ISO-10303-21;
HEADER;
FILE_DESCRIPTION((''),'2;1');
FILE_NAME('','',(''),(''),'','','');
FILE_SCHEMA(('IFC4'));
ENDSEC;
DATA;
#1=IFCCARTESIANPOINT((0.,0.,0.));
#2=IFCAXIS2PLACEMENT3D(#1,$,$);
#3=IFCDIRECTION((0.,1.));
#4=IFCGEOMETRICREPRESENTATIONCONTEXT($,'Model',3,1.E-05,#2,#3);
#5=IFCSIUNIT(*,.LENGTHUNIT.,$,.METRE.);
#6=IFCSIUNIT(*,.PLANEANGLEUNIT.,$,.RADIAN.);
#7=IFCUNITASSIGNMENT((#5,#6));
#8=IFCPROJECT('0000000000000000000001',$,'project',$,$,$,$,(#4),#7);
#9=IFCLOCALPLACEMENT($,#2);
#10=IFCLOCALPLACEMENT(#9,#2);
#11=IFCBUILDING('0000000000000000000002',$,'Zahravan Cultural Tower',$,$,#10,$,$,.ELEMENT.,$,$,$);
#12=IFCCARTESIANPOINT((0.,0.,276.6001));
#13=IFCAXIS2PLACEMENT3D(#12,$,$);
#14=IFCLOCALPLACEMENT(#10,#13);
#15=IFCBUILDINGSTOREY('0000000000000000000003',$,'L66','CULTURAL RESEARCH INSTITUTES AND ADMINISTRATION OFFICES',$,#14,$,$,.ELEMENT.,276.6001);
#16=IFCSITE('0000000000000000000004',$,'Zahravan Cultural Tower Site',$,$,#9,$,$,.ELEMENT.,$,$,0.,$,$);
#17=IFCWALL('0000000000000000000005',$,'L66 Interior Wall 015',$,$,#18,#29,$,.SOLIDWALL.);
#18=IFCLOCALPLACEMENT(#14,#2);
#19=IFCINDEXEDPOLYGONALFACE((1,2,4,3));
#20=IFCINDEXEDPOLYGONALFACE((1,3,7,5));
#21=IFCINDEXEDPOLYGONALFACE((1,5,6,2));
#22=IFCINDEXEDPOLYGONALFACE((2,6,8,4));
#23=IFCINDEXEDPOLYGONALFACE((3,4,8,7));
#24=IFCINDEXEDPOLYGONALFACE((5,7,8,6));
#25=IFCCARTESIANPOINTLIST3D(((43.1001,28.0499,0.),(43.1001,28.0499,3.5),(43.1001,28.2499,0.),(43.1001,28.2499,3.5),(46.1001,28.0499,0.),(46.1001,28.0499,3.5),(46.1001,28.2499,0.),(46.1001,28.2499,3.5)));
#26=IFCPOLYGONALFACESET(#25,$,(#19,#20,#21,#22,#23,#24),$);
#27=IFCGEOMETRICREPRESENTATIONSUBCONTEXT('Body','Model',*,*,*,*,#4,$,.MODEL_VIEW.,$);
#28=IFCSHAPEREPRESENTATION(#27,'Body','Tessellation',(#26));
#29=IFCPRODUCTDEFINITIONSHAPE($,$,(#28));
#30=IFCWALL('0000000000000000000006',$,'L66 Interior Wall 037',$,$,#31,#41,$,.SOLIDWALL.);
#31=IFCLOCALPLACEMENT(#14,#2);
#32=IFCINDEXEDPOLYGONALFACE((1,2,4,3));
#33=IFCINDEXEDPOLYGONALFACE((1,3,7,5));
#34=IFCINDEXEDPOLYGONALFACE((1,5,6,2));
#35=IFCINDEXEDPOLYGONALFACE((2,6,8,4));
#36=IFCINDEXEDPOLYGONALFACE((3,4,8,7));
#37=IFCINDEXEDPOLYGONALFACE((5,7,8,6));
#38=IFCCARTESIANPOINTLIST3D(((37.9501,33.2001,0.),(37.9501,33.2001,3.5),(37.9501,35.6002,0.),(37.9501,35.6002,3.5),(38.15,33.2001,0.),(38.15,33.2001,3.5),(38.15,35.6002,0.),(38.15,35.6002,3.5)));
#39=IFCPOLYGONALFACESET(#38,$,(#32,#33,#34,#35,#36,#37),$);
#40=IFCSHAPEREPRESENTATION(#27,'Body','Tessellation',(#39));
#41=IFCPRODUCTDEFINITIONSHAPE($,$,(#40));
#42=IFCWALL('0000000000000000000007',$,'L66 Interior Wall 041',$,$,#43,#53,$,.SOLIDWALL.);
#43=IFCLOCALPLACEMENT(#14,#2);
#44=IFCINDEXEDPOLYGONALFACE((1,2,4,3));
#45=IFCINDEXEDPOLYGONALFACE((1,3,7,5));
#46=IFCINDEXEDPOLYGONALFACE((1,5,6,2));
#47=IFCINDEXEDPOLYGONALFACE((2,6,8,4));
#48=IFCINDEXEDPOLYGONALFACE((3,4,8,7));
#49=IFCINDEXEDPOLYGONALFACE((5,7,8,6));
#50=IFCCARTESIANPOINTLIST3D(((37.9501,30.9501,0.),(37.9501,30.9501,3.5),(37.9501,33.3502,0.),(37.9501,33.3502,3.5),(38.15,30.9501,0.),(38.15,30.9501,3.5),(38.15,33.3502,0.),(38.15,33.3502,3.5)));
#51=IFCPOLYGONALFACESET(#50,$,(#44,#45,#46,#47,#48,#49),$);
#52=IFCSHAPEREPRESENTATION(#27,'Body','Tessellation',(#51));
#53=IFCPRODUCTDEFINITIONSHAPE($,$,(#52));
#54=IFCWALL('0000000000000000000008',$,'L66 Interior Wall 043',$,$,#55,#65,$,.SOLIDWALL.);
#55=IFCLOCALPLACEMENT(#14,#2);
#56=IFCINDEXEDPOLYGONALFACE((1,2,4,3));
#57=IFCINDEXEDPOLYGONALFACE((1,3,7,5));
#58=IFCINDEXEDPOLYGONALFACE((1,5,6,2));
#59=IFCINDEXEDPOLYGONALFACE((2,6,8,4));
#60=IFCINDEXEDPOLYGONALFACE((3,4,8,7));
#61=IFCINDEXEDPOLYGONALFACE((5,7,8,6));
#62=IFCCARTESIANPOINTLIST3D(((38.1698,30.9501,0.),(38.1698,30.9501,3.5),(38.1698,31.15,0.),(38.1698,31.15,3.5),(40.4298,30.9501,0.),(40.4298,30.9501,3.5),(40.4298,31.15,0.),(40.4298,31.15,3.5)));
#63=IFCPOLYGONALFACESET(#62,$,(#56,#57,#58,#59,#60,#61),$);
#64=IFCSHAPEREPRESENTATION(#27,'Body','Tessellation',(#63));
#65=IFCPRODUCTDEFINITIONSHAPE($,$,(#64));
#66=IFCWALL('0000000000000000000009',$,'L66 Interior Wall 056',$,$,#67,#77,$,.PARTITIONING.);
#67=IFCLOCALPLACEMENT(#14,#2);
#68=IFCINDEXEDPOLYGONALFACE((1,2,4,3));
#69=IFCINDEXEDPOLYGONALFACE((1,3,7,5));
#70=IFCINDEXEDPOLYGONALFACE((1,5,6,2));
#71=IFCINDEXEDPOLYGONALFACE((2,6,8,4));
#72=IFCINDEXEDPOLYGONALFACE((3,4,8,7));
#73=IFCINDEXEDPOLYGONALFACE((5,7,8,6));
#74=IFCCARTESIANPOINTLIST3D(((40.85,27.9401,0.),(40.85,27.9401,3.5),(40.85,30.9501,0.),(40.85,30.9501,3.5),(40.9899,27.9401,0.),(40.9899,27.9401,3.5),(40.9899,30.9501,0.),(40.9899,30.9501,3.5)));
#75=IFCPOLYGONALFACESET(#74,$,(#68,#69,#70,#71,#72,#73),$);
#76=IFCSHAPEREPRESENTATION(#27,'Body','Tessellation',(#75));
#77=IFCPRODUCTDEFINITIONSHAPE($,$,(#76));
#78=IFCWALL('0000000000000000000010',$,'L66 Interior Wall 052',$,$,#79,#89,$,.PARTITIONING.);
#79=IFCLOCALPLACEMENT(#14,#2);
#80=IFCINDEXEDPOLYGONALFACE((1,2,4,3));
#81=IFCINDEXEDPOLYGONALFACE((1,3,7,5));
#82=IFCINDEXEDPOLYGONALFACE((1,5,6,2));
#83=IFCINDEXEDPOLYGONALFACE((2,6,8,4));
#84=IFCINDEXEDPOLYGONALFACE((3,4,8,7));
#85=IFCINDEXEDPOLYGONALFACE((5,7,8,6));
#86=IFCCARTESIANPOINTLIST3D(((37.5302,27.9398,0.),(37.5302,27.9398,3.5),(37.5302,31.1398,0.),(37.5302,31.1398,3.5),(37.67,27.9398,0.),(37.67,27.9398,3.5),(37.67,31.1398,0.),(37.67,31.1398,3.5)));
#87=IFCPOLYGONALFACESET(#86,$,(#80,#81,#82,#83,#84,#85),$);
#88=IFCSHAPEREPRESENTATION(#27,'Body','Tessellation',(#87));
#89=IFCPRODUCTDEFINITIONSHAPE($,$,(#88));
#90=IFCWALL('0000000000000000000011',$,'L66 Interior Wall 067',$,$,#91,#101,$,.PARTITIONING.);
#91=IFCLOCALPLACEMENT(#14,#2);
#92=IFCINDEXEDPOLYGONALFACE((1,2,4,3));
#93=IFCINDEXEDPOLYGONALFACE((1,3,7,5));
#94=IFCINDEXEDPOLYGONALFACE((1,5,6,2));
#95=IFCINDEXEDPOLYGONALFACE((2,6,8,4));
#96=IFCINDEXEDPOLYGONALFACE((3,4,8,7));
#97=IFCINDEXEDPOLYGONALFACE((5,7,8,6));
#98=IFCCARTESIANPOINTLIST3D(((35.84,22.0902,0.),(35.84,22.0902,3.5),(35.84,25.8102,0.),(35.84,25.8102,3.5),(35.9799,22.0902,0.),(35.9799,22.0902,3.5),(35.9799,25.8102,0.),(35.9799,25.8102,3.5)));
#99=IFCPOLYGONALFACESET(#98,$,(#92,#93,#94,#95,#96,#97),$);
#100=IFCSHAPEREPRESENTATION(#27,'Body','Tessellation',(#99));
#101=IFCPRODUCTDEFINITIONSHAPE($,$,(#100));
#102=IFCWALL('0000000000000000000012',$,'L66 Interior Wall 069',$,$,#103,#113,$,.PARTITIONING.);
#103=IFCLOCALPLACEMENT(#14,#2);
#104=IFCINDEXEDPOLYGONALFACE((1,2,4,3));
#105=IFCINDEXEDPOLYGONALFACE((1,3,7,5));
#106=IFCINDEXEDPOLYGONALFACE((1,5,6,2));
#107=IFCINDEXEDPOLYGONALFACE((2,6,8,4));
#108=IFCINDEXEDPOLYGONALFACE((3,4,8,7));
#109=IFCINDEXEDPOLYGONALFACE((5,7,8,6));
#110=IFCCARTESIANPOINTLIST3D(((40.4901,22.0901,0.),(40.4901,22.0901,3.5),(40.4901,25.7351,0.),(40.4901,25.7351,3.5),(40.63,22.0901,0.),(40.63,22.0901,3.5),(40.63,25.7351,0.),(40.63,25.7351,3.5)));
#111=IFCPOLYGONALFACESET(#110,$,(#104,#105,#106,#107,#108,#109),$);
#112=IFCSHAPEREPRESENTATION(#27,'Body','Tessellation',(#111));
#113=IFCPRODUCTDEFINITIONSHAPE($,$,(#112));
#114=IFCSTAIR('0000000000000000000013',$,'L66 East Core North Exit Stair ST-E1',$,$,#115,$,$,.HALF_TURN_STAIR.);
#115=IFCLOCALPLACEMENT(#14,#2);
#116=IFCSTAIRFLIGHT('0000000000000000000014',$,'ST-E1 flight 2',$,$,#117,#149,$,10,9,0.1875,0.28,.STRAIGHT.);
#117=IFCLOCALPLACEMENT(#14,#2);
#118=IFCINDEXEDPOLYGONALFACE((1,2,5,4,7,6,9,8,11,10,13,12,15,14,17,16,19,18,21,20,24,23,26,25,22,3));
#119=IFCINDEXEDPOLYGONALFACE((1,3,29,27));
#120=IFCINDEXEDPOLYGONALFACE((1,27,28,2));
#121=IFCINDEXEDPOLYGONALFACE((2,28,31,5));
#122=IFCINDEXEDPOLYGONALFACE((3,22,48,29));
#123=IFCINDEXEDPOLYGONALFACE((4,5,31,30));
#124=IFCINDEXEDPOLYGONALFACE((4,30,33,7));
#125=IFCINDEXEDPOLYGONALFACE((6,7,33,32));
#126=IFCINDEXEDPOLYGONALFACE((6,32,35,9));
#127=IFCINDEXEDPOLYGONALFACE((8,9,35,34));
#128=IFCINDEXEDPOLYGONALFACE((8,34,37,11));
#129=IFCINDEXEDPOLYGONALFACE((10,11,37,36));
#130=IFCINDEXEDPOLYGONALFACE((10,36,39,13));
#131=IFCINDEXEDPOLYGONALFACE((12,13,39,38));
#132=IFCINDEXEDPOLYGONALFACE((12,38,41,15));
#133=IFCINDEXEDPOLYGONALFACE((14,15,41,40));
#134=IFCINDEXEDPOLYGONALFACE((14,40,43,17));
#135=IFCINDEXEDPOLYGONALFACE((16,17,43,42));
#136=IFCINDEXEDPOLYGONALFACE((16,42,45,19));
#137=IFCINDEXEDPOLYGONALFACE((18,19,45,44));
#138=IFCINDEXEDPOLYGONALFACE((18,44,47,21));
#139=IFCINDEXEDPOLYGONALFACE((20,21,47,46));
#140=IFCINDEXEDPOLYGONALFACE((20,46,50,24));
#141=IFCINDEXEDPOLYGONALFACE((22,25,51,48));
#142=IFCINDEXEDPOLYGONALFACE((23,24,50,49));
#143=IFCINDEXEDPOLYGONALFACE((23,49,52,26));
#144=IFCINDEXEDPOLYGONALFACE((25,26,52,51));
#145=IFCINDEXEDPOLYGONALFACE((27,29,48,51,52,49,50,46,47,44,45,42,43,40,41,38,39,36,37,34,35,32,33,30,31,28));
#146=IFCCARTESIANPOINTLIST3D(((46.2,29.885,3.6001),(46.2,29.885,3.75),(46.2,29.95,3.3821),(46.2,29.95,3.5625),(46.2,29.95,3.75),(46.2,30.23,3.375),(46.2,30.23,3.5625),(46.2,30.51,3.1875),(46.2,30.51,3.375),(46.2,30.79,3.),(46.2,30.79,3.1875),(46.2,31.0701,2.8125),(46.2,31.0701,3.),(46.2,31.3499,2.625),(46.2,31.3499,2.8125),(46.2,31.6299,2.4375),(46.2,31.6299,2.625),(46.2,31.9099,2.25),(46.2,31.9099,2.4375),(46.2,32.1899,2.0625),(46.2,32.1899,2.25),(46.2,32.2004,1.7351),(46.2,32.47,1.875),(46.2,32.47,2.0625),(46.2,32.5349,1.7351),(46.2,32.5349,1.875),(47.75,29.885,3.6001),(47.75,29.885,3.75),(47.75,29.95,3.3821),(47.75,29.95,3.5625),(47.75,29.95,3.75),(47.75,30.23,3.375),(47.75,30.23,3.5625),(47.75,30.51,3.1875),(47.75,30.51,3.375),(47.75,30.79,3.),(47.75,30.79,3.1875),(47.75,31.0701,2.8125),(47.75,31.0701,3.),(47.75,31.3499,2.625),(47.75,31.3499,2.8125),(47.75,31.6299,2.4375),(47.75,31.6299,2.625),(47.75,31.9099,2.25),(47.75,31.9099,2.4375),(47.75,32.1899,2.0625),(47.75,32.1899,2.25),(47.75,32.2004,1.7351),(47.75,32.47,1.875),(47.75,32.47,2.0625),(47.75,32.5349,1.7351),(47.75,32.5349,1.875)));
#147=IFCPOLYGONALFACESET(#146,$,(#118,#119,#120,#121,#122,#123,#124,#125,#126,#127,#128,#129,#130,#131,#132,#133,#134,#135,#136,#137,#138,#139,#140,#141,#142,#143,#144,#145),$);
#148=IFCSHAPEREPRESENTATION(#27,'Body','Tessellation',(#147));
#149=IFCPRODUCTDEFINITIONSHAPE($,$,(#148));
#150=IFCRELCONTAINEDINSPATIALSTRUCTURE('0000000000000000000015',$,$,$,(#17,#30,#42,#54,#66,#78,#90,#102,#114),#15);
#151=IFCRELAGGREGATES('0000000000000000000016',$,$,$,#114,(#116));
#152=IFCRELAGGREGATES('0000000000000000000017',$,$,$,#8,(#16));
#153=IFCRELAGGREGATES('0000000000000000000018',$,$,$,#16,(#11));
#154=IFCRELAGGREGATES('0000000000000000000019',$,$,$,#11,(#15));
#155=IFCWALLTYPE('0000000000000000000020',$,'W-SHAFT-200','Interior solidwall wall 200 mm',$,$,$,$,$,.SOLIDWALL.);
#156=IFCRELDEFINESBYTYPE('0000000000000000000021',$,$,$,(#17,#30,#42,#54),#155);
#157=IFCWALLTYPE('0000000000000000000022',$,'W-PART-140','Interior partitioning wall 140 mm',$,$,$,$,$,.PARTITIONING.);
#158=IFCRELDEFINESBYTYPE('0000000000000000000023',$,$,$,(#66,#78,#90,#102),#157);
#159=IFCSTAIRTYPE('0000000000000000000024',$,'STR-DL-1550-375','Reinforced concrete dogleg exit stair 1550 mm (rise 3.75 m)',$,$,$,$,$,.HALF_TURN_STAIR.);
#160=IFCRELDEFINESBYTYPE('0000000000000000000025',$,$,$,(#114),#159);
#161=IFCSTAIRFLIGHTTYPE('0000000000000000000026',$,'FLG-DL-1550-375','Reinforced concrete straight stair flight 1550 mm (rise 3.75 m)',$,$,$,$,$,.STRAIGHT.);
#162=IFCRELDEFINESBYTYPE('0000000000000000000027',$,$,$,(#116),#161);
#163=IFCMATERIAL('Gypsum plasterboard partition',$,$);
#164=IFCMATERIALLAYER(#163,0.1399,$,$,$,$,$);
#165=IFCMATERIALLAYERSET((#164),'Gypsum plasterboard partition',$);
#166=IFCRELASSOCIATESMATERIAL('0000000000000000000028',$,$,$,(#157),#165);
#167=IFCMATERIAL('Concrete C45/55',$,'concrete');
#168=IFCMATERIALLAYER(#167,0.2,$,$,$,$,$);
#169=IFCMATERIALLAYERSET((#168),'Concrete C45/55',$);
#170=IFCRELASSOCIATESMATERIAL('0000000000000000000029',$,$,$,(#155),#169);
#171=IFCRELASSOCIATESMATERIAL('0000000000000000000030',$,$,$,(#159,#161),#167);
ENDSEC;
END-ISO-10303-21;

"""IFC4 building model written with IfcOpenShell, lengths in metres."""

from ifc_helpers import new_model, si_unit, direction, frame, frame_2d, origin, place, context, subcontext, project, spatial, polyline, rectangle, outline, extrude, source, transform, mapped, material, layer, layer_set, type_object, element, aggregate, save


model = new_model("IFC4")

# Units and contexts
model_context = context("Model", 3, precision=1e-05, world=origin(), true_north=direction((0.0, 1.0)))
body_context = subcontext(model_context, "Body", "Model", "MODEL_VIEW")
ifc_project = project(units=[si_unit("LENGTHUNIT", "METRE"), si_unit("PLANEANGLEUNIT", "RADIAN")], contexts=[model_context])

# Site, building, storey
site_placement = place(None, origin())
site = spatial("IfcSite", under=ifc_project, at=site_placement, Name="Zahravan Cultural Tower Site", CompositionType="ELEMENT", RefElevation=0.0)
building_placement = place(site_placement, origin())
building = spatial("IfcBuilding", under=site, at=building_placement, Name="Zahravan Cultural Tower", CompositionType="ELEMENT")
storey_placement = place(building_placement, frame((0.0, 0.0, 276.6001)))
storey = spatial("IfcBuildingStorey", under=building, at=storey_placement, Name="L66", Description="CULTURAL RESEARCH INSTITUTES AND ADMINISTRATION OFFICES", CompositionType="ELEMENT", Elevation=276.6001)

# Shared definitions
ifc_material_1 = material(Name="Gypsum plasterboard partition")
ifc_layer_1 = layer(ifc_material_1, 0.1399)
ifc_layer_set_1 = layer_set([ifc_layer_1], Name="Gypsum plasterboard partition")
wall_type_1 = type_object("IfcWallType", Name="W-PART-140", Description="Interior partitioning wall 140 mm", PredefinedType="PARTITIONING", material=ifc_layer_set_1)
ifc_material_2 = material(Name="Concrete C45/55", Category="concrete")
ifc_layer_2 = layer(ifc_material_2, 0.2)
ifc_layer_set_2 = layer_set([ifc_layer_2], Name="Concrete C45/55")
wall_type_2 = type_object("IfcWallType", Name="W-SHAFT-200", Description="Interior solidwall wall 200 mm", PredefinedType="SOLIDWALL", material=ifc_layer_set_2)

# Walls
shared_shape_1 = source(origin(), body_context, "Body", "SweptSolid", [
    extrude(rectangle(XDim=3.0, YDim=0.2, at=frame_2d((1.5, 0.0))), origin(), (0.0, 0.0, 1.0), 3.5),
])
for number, where, z_axis, x_axis, name in (
    (1, (43.1001, 28.1499, 0.0), (0.0, 0.0, 1.0), (1.0, 0.0, 0.0), "L66 Interior Wall 015"),
):
    element("IfcWall", number, at=place(storey_placement, frame(where, z_axis=z_axis, x_axis=x_axis)), inside=storey, type_object=wall_type_2, Name=name, PredefinedType="SOLIDWALL", context=body_context, shape_type="MappedRepresentation", body=[
        mapped(shared_shape_1, transform((0.0, 0.0, 0.0), x_axis=(1.0, 0.0, 0.0), y_axis=(0.0, 1.0, 0.0), z_axis=(0.0, 0.0, 1.0), scale=1.0)),
    ])
shared_shape_2 = source(origin(), body_context, "Body", "SweptSolid", [
    extrude(rectangle(XDim=2.4001, YDim=0.2, at=frame_2d((1.2002, 0.0))), origin(), (0.0, 0.0, 1.0), 3.5),
])
for number, where, z_axis, x_axis, name in (
    (2, (38.05, 33.2, 0.0), (0.0, 0.0, 1.0), (0.0, 1.0, 0.0), "L66 Interior Wall 037"),
    (3, (38.05, 30.95, 0.0), (0.0, 0.0, 1.0), (0.0, 1.0, 0.0), "L66 Interior Wall 041"),
):
    element("IfcWall", number, at=place(storey_placement, frame(where, z_axis=z_axis, x_axis=x_axis)), inside=storey, type_object=wall_type_2, Name=name, PredefinedType="SOLIDWALL", context=body_context, shape_type="MappedRepresentation", body=[
        mapped(shared_shape_2, transform((0.0, 0.0, 0.0), x_axis=(1.0, 0.0, 0.0), y_axis=(0.0, 1.0, 0.0), z_axis=(0.0, 0.0, 1.0), scale=1.0)),
    ])
shared_shape_3 = source(origin(), body_context, "Body", "SweptSolid", [
    extrude(rectangle(XDim=2.26, YDim=0.2, at=frame_2d((1.1299, 0.0))), origin(), (0.0, 0.0, 1.0), 3.5),
])
wall_1_placement = place(storey_placement, frame((38.1699, 31.05, 0.0), z_axis=(0.0, 0.0, 1.0), x_axis=(1.0, 0.0, 0.0)))
element("IfcWall", 4, at=wall_1_placement, inside=storey, type_object=wall_type_2, Name="L66 Interior Wall 043", PredefinedType="SOLIDWALL", context=body_context, shape_type="MappedRepresentation", body=[
    mapped(shared_shape_3, transform((0.0, 0.0, 0.0), x_axis=(1.0, 0.0, 0.0), y_axis=(0.0, 1.0, 0.0), z_axis=(0.0, 0.0, 1.0), scale=1.0)),
])
shared_shape_4 = source(origin(), body_context, "Body", "SweptSolid", [
    extrude(rectangle(XDim=3.01, YDim=0.1399, at=frame_2d((1.5049, 0.0))), origin(), (0.0, 0.0, 1.0), 3.5),
])
wall_2_placement = place(storey_placement, frame((40.9199, 30.95, 0.0), z_axis=(0.0, 0.0, 1.0), x_axis=(0.0, -1.0, 0.0)))
element("IfcWall", 5, at=wall_2_placement, inside=storey, type_object=wall_type_1, Name="L66 Interior Wall 056", PredefinedType="PARTITIONING", context=body_context, shape_type="MappedRepresentation", body=[
    mapped(shared_shape_4, transform((0.0, 0.0, 0.0), x_axis=(1.0, 0.0, 0.0), y_axis=(0.0, 1.0, 0.0), z_axis=(0.0, 0.0, 1.0), scale=1.0)),
])
shared_shape_5 = source(origin(), body_context, "Body", "SweptSolid", [
    extrude(rectangle(XDim=3.2, YDim=0.1399, at=frame_2d((1.6001, 0.0))), origin(), (0.0, 0.0, 1.0), 3.5),
])
wall_3_placement = place(storey_placement, frame((37.6001, 31.1399, 0.0), z_axis=(0.0, 0.0, 1.0), x_axis=(0.0, -1.0, 0.0)))
element("IfcWall", 6, at=wall_3_placement, inside=storey, type_object=wall_type_1, Name="L66 Interior Wall 052", PredefinedType="PARTITIONING", context=body_context, shape_type="MappedRepresentation", body=[
    mapped(shared_shape_5, transform((0.0, 0.0, 0.0), x_axis=(1.0, 0.0, 0.0), y_axis=(0.0, 1.0, 0.0), z_axis=(0.0, 0.0, 1.0), scale=1.0)),
])
shared_shape_6 = source(origin(), body_context, "Body", "SweptSolid", [
    extrude(rectangle(XDim=3.72, YDim=0.1399, at=frame_2d((1.8599, 0.0))), origin(), (0.0, 0.0, 1.0), 3.5),
])
wall_4_placement = place(storey_placement, frame((35.9099, 25.8101, 0.0), z_axis=(0.0, 0.0, 1.0), x_axis=(0.0, -1.0, 0.0)))
element("IfcWall", 7, at=wall_4_placement, inside=storey, type_object=wall_type_1, Name="L66 Interior Wall 067", PredefinedType="PARTITIONING", context=body_context, shape_type="MappedRepresentation", body=[
    mapped(shared_shape_6, transform((0.0, 0.0, 0.0), x_axis=(1.0, 0.0, 0.0), y_axis=(0.0, 1.0, 0.0), z_axis=(0.0, 0.0, 1.0), scale=1.0)),
])
shared_shape_7 = source(origin(), body_context, "Body", "SweptSolid", [
    extrude(rectangle(XDim=3.645, YDim=0.1399, at=frame_2d((1.8225, 0.0))), origin(), (0.0, 0.0, 1.0), 3.5),
])
wall_5_placement = place(storey_placement, frame((40.5601, 25.7351, 0.0), z_axis=(0.0, 0.0, 1.0), x_axis=(0.0, -1.0, 0.0)))
element("IfcWall", 8, at=wall_5_placement, inside=storey, type_object=wall_type_1, Name="L66 Interior Wall 069", PredefinedType="PARTITIONING", context=body_context, shape_type="MappedRepresentation", body=[
    mapped(shared_shape_7, transform((0.0, 0.0, 0.0), x_axis=(1.0, 0.0, 0.0), y_axis=(0.0, 1.0, 0.0), z_axis=(0.0, 0.0, 1.0), scale=1.0)),
])

# Stair, stair flight
stair_type = type_object("IfcStairType", Name="STR-DL-1550-375", Description="Reinforced concrete dogleg exit stair 1550 mm (rise 3.75 m)", PredefinedType="HALF_TURN_STAIR", material=ifc_material_2)
stair_placement = place(storey_placement, origin())
stair = element("IfcStair", 9, at=stair_placement, inside=storey, type_object=stair_type, Name="L66 East Core North Exit Stair ST-E1", PredefinedType="HALF_TURN_STAIR")
stair_flight_type = type_object("IfcStairFlightType", Name="FLG-DL-1550-375", Description="Reinforced concrete straight stair flight 1550 mm (rise 3.75 m)", PredefinedType="STRAIGHT", material=ifc_material_2)
stair_flight_placement = place(storey_placement, frame((46.9751, 32.47, 1.875), z_axis=(0.0, 0.0, 1.0), x_axis=(0.0, -1.0, 0.0)))
stair_flight = element("IfcStairFlight", 10, at=stair_flight_placement, type_object=stair_flight_type, Name="ST-E1 flight 2", NumberOfRisers=10, NumberOfTreads=9, PredefinedType="STRAIGHT", RiserHeight=0.1875, TreadLength=0.28, context=body_context, shape_type="SweptSolid", body=[
    extrude(outline(polyline([(-0.0649, -0.1399), (-0.0649, 0.0), (0.0, 0.0), (0.0, 0.1875), (0.28, 0.1875), (0.28, 0.375), (0.5601, 0.375), (0.5601, 0.5625), (0.8401, 0.5625), (0.8401, 0.75), (1.1201, 0.75), (1.1201, 0.9375), (1.3999, 0.9375), (1.3999, 1.125), (1.6799, 1.125), (1.6799, 1.3125), (1.96, 1.3125), (1.96, 1.5), (2.24, 1.5), (2.24, 1.6875), (2.52, 1.6875), (2.52, 1.875), (2.585, 1.875), (2.585, 1.7251), (2.52, 1.5071), (0.2695, -0.1399), (-0.0649, -0.1399)])), frame((0.0, 0.7749, 0.0), z_axis=(0.0, -1.0, 0.0), x_axis=(1.0, 0.0, 0.0)), (0.0, 0.0, 1.0), 1.55),
])
aggregate(stair, [stair_flight])

save(model, "model.ifc")
